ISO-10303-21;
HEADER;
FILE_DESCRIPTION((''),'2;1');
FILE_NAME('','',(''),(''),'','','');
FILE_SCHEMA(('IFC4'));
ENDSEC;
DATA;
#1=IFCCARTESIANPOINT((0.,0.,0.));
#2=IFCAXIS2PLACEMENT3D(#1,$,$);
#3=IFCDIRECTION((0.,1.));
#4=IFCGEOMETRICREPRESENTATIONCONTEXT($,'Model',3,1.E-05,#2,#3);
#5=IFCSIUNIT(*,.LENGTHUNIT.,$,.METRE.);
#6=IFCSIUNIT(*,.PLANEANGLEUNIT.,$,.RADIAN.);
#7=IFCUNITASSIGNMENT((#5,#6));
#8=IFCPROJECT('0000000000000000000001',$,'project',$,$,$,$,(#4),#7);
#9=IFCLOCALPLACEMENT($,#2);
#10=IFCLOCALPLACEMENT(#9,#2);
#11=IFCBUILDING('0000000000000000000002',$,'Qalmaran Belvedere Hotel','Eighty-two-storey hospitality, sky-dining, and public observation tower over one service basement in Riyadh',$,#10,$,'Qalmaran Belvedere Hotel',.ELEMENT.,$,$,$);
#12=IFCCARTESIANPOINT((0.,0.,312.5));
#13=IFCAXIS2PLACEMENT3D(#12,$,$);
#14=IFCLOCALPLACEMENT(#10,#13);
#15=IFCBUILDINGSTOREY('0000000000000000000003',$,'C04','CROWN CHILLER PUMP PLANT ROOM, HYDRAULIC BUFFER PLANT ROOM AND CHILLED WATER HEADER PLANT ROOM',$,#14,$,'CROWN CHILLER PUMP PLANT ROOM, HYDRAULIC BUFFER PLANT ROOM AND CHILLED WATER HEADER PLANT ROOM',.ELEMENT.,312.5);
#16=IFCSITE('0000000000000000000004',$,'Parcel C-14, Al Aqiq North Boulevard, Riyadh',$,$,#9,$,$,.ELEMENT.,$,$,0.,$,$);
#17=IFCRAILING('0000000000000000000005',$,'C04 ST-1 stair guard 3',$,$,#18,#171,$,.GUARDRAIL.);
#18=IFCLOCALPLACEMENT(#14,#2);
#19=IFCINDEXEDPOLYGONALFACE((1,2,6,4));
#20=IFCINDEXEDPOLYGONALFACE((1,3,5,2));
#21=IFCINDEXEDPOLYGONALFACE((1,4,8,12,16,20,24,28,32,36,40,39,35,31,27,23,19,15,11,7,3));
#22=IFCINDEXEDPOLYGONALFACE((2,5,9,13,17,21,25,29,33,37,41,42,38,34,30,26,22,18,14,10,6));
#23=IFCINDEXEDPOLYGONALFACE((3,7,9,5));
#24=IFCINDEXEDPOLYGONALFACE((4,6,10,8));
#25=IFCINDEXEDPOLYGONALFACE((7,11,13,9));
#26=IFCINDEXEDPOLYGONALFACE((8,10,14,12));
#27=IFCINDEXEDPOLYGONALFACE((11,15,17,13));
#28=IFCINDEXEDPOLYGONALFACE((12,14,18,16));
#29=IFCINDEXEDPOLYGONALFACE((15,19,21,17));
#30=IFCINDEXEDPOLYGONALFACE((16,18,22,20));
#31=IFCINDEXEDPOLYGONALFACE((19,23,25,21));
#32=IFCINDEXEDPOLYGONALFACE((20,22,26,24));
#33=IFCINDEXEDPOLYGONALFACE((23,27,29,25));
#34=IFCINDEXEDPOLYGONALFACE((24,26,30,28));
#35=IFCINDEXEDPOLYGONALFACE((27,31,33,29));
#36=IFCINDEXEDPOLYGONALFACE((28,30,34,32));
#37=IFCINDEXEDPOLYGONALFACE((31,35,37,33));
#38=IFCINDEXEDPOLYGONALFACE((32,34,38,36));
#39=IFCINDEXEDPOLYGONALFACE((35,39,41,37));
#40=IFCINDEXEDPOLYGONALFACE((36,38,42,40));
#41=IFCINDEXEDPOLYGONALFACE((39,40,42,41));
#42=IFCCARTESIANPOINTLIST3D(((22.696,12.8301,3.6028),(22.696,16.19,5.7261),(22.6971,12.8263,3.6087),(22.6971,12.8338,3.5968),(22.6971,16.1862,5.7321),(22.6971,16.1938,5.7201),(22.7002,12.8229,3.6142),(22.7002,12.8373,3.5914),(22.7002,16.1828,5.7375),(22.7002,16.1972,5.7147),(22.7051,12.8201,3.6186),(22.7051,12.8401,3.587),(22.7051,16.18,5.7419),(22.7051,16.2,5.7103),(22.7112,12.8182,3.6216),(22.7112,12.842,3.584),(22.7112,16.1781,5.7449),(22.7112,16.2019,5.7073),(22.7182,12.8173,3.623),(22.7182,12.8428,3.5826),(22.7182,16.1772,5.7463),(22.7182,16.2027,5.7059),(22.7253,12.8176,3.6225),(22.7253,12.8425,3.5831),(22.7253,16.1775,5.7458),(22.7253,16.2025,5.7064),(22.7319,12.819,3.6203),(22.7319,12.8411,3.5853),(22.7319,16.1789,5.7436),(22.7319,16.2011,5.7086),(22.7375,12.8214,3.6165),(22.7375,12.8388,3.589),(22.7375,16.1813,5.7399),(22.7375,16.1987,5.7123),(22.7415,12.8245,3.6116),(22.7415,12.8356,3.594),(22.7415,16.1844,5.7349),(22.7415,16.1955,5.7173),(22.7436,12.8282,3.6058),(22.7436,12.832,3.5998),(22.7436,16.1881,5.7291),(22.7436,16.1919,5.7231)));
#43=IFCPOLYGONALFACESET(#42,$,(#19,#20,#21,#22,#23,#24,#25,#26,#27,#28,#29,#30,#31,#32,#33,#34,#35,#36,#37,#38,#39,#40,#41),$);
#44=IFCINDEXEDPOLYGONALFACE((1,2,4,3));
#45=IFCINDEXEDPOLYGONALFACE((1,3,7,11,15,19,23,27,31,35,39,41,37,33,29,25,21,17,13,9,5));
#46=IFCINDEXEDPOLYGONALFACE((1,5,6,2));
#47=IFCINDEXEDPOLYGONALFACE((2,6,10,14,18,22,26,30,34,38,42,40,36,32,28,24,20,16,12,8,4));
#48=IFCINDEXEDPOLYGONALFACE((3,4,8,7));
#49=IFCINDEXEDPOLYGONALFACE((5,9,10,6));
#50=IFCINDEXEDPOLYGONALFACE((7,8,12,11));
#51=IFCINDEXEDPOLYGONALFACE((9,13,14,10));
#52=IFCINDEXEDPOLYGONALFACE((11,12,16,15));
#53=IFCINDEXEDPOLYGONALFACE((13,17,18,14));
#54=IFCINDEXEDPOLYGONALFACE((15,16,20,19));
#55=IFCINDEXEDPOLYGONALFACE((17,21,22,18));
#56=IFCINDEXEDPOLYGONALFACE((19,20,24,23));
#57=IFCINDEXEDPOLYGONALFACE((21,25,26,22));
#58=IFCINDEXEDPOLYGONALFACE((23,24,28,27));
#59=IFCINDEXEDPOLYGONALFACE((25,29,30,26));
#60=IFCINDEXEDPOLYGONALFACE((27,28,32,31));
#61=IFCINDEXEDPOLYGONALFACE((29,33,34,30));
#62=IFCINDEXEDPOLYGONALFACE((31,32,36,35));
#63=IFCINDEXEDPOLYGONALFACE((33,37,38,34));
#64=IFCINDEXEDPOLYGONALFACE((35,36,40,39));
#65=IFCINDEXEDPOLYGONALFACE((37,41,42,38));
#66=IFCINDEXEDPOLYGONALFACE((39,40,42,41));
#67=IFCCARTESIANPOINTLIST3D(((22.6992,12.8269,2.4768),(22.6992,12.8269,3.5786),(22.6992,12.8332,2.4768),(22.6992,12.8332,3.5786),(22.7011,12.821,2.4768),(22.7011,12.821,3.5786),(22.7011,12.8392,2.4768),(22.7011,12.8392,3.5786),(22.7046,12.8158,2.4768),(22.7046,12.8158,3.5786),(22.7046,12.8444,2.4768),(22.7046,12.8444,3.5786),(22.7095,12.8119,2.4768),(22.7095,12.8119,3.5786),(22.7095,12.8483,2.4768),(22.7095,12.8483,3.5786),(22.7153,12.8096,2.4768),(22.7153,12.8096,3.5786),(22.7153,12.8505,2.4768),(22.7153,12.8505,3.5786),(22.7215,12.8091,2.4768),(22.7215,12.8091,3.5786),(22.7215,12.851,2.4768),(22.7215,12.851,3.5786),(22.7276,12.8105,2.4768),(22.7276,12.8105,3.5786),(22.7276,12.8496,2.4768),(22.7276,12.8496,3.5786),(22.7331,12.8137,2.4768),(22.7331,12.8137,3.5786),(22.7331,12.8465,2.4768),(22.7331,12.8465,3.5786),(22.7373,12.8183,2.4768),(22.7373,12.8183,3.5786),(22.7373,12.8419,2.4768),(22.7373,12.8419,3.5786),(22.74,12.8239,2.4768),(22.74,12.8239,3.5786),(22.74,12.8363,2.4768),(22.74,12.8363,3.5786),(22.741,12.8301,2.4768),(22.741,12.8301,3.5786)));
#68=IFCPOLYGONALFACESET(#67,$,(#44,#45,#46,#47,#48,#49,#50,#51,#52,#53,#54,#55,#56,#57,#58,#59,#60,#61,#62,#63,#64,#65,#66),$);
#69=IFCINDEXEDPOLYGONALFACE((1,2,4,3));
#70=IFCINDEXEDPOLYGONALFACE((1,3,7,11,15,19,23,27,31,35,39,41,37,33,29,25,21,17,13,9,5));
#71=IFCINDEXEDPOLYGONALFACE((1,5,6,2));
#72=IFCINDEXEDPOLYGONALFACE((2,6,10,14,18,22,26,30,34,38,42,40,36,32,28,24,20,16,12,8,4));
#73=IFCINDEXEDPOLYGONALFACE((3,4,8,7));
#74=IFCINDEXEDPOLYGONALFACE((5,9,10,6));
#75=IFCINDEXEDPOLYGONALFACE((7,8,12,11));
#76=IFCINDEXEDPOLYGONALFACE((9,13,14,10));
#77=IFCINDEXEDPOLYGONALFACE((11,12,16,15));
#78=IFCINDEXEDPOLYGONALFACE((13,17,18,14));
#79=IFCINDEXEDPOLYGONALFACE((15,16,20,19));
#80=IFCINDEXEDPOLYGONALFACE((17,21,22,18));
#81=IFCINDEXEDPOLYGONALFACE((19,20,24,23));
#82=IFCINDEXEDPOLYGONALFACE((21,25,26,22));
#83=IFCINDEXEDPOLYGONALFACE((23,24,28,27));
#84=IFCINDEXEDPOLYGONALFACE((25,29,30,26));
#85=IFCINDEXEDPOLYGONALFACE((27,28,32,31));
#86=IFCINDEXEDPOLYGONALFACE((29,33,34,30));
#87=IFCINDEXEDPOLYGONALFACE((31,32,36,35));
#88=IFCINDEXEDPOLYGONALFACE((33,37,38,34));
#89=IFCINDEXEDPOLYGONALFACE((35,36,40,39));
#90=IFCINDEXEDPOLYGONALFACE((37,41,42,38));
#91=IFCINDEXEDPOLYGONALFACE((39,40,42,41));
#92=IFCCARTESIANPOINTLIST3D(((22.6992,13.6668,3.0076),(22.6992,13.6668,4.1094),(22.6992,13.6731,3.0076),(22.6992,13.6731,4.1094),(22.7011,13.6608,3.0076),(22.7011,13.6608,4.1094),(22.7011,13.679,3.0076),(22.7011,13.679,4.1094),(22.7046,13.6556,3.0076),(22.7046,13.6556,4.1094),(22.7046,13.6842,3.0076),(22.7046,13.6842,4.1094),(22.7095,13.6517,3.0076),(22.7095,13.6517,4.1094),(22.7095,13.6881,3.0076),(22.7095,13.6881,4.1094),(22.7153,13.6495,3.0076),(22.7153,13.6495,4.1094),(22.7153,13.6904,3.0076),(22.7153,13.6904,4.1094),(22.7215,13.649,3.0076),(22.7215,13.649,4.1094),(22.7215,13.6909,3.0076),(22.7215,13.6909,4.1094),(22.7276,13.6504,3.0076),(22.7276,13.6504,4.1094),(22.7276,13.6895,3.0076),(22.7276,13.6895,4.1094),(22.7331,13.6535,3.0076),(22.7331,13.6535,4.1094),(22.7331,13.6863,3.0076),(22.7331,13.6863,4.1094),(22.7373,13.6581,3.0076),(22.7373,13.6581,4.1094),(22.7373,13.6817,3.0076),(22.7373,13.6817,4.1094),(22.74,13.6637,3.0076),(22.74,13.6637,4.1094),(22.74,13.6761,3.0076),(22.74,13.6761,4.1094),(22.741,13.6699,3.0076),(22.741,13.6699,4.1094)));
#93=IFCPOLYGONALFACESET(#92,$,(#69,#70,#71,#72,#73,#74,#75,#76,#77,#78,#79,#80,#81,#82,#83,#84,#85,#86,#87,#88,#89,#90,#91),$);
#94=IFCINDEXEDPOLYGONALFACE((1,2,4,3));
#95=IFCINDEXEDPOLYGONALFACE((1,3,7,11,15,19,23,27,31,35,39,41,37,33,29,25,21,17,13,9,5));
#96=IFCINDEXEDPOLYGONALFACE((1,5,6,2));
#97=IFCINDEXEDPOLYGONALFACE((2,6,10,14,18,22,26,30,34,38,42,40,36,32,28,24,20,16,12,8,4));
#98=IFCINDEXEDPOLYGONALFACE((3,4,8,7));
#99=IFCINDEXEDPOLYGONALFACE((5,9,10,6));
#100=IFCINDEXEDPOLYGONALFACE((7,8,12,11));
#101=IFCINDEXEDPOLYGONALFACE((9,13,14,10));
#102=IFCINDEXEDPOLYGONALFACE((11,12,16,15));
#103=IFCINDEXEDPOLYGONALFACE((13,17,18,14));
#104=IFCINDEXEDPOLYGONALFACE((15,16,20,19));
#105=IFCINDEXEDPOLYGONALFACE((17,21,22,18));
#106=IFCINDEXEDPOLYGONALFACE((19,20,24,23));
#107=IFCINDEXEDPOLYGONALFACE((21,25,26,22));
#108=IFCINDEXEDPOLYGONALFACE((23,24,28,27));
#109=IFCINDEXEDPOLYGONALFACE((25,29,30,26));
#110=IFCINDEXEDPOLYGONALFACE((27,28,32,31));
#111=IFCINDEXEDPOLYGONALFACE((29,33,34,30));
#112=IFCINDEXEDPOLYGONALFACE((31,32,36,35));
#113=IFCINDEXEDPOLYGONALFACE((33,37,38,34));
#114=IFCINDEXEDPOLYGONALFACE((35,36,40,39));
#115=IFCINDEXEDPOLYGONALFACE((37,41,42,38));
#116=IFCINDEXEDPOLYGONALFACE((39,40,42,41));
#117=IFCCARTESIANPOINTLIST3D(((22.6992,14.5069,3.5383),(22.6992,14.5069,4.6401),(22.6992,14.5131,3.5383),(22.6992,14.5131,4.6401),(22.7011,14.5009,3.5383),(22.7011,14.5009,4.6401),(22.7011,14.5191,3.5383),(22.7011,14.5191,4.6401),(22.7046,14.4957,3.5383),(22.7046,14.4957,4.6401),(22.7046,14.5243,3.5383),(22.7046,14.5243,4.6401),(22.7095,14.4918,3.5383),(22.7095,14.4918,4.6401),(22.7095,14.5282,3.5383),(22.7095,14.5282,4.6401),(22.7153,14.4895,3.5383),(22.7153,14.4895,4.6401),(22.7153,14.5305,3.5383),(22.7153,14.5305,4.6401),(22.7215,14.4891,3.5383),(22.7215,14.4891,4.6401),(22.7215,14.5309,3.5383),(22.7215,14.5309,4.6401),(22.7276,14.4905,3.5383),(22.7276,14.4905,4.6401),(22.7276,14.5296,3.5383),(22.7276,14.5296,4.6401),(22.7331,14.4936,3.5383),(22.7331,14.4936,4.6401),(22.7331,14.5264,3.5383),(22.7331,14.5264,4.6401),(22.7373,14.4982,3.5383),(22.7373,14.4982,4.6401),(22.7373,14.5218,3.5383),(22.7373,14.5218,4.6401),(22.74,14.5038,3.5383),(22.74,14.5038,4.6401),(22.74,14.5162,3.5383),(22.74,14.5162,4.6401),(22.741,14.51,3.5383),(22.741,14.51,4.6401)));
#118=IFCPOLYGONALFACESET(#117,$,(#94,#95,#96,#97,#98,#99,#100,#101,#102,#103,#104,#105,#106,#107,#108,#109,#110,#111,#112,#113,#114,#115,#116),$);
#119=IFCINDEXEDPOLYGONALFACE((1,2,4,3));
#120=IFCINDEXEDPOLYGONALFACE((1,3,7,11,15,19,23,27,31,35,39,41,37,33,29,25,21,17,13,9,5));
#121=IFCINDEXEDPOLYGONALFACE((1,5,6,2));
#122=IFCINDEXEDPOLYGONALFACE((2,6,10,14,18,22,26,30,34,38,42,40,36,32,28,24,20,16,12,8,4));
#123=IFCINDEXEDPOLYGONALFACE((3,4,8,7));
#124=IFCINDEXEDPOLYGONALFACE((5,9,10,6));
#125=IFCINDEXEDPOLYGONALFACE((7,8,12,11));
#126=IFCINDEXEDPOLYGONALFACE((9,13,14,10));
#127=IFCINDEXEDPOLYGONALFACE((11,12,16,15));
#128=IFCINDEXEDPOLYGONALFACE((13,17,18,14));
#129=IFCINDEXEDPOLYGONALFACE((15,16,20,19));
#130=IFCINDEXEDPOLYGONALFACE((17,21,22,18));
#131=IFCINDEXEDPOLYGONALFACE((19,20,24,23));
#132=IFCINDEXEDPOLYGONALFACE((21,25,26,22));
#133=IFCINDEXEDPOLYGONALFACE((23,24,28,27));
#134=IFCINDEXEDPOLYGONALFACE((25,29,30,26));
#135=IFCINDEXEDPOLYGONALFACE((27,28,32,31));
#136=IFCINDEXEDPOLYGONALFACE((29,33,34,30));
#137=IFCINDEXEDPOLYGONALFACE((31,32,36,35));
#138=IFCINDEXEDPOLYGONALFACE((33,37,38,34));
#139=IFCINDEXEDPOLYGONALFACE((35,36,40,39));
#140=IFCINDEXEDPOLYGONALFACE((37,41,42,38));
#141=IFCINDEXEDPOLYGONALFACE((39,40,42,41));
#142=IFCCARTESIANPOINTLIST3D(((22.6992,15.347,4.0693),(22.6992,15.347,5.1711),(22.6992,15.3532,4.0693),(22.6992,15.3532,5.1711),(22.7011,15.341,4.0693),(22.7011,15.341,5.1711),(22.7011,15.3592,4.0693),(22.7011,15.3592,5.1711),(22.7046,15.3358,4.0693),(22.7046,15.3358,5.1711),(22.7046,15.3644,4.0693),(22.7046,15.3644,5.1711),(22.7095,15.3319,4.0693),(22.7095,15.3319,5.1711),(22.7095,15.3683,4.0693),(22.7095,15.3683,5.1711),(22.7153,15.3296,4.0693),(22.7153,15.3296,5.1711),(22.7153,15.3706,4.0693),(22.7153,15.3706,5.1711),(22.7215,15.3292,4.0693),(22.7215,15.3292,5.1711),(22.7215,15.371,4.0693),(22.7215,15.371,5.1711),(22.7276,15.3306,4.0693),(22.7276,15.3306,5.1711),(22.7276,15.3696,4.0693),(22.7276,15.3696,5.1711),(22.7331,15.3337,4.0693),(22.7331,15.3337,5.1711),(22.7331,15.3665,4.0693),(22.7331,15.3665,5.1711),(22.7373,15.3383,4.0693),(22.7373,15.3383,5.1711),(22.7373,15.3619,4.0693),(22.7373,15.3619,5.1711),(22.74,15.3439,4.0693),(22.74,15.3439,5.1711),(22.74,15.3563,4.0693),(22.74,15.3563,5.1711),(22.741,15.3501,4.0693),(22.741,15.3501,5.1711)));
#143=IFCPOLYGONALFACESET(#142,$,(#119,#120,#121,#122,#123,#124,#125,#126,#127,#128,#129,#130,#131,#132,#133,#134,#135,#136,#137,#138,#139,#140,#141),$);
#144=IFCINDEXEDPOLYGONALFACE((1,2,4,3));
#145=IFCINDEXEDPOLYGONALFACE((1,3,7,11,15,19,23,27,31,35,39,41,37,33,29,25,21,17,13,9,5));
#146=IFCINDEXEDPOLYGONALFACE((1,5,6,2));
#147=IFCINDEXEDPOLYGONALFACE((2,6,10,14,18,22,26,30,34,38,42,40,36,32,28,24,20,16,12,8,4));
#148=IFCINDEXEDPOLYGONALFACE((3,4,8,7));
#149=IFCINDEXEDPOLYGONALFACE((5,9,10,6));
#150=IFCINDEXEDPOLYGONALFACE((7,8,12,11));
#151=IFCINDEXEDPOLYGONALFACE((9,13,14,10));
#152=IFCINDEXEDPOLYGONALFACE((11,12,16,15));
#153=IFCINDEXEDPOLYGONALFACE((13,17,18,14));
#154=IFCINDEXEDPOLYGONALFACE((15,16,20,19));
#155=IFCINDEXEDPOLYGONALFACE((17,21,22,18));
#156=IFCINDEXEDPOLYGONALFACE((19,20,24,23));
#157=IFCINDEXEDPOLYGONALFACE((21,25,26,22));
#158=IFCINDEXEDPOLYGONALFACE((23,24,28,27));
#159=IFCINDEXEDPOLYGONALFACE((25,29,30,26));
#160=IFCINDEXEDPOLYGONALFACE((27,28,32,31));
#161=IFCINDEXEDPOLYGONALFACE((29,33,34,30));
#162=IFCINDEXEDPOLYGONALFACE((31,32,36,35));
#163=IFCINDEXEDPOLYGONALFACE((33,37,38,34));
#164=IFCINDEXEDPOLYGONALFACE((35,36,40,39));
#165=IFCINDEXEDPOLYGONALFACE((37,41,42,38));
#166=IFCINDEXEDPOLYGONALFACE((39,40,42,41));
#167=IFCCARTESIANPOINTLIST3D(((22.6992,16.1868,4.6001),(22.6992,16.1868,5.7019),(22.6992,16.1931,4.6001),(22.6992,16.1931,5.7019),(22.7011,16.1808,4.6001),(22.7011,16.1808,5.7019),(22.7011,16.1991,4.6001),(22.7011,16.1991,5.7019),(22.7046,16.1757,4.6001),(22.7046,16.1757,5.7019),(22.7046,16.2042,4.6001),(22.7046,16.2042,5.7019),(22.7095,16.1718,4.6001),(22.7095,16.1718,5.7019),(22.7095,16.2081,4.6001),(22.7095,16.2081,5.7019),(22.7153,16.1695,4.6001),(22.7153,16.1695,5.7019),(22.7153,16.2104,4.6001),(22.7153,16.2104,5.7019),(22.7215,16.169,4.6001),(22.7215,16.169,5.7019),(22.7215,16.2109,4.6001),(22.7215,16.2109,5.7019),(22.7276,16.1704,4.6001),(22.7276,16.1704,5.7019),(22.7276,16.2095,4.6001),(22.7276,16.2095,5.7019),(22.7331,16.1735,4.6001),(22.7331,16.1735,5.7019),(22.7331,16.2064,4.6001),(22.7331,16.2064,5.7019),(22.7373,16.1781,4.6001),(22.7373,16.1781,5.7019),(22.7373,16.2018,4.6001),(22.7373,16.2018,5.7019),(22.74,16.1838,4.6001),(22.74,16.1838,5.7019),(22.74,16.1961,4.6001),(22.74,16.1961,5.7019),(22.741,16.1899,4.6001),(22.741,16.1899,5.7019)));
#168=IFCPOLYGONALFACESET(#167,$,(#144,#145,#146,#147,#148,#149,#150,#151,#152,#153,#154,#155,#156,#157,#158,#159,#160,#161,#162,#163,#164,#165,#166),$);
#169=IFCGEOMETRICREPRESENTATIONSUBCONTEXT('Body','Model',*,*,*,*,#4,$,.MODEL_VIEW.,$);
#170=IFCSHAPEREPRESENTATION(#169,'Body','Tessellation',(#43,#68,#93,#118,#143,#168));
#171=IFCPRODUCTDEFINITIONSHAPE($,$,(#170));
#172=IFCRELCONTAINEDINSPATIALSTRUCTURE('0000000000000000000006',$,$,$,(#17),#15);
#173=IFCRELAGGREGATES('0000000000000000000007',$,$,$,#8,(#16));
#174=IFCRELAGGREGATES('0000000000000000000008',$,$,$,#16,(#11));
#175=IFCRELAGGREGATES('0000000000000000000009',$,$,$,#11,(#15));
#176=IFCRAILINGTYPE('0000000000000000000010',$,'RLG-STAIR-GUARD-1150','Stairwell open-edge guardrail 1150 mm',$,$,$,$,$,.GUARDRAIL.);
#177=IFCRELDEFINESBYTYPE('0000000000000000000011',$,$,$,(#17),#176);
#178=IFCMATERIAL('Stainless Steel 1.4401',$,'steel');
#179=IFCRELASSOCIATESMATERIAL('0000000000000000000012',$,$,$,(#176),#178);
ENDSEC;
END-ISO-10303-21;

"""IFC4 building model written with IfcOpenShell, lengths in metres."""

from ifc_helpers import new_model, si_unit, direction, frame, origin, origin_2d, place, context, subcontext, project, spatial, circle, extrude, material, type_object, element, save


model = new_model("IFC4")

# Units and contexts
model_context = context("Model", 3, precision=1e-05, world=origin(), true_north=direction((0.0, 1.0)))
body_context = subcontext(model_context, "Body", "Model", "MODEL_VIEW")
ifc_project = project(units=[si_unit("LENGTHUNIT", "METRE"), si_unit("PLANEANGLEUNIT", "RADIAN")], contexts=[model_context])

# Site, building, storey
site_placement = place(None, origin())
site = spatial("IfcSite", under=ifc_project, at=site_placement, Name="Parcel C-14, Al Aqiq North Boulevard, Riyadh", CompositionType="ELEMENT", RefElevation=0.0)
building_placement = place(site_placement, origin())
building = spatial("IfcBuilding", under=site, at=building_placement, Name="Qalmaran Belvedere Hotel", Description="Eighty-two-storey hospitality, sky-dining, and public observation tower over one service basement in Riyadh", LongName="Qalmaran Belvedere Hotel", CompositionType="ELEMENT")
storey_placement = place(building_placement, frame((0.0, 0.0, 312.5)))
storey = spatial("IfcBuildingStorey", under=building, at=storey_placement, Name="C04", Description="CROWN CHILLER PUMP PLANT ROOM, HYDRAULIC BUFFER PLANT ROOM AND CHILLED WATER HEADER PLANT ROOM", LongName="CROWN CHILLER PUMP PLANT ROOM, HYDRAULIC BUFFER PLANT ROOM AND CHILLED WATER HEADER PLANT ROOM", CompositionType="ELEMENT", Elevation=312.5)

# Shared definitions
ifc_material_1 = material(Name="Stainless Steel 1.4401", Category="steel")

# Railing
railing_type_1 = type_object("IfcRailingType", Name="RLG-STAIR-GUARD-1150", Description="Stairwell open-edge guardrail 1150 mm", PredefinedType="GUARDRAIL", material=ifc_material_1)
railing_1_placement = place(storey_placement, frame((22.72, 12.8301, 2.4768)))
element("IfcRailing", 1, at=railing_1_placement, inside=storey, type_object=railing_type_1, Name="C04 ST-1 stair guard 3", PredefinedType="GUARDRAIL", context=body_context, shape_type="SweptSolid", body=[
    extrude(circle(Radius=0.0239, at=origin_2d()), frame((0.0, 0.0, 1.126), z_axis=(0.0, 0.845344, 0.534222), x_axis=(-1.0, 0.0, 0.0)), (0.0, 0.0, 1.0), 3.9746),
    extrude(circle(Radius=0.021, at=origin_2d()), origin(), (0.0, 0.0, 1.0), 1.1018),
    extrude(circle(Radius=0.021, at=origin_2d()), frame((0.0, 0.8398, 0.5308)), (0.0, 0.0, 1.0), 1.1018),
    extrude(circle(Radius=0.021, at=origin_2d()), frame((0.0, 1.6799, 1.0615)), (0.0, 0.0, 1.0), 1.1018),
    extrude(circle(Radius=0.021, at=origin_2d()), frame((0.0, 2.52, 1.5925)), (0.0, 0.0, 1.0), 1.1018),
    extrude(circle(Radius=0.021, at=origin_2d()), frame((0.0, 3.3599, 2.1233)), (0.0, 0.0, 1.0), 1.1018),
])

save(model, "model.ifc")
